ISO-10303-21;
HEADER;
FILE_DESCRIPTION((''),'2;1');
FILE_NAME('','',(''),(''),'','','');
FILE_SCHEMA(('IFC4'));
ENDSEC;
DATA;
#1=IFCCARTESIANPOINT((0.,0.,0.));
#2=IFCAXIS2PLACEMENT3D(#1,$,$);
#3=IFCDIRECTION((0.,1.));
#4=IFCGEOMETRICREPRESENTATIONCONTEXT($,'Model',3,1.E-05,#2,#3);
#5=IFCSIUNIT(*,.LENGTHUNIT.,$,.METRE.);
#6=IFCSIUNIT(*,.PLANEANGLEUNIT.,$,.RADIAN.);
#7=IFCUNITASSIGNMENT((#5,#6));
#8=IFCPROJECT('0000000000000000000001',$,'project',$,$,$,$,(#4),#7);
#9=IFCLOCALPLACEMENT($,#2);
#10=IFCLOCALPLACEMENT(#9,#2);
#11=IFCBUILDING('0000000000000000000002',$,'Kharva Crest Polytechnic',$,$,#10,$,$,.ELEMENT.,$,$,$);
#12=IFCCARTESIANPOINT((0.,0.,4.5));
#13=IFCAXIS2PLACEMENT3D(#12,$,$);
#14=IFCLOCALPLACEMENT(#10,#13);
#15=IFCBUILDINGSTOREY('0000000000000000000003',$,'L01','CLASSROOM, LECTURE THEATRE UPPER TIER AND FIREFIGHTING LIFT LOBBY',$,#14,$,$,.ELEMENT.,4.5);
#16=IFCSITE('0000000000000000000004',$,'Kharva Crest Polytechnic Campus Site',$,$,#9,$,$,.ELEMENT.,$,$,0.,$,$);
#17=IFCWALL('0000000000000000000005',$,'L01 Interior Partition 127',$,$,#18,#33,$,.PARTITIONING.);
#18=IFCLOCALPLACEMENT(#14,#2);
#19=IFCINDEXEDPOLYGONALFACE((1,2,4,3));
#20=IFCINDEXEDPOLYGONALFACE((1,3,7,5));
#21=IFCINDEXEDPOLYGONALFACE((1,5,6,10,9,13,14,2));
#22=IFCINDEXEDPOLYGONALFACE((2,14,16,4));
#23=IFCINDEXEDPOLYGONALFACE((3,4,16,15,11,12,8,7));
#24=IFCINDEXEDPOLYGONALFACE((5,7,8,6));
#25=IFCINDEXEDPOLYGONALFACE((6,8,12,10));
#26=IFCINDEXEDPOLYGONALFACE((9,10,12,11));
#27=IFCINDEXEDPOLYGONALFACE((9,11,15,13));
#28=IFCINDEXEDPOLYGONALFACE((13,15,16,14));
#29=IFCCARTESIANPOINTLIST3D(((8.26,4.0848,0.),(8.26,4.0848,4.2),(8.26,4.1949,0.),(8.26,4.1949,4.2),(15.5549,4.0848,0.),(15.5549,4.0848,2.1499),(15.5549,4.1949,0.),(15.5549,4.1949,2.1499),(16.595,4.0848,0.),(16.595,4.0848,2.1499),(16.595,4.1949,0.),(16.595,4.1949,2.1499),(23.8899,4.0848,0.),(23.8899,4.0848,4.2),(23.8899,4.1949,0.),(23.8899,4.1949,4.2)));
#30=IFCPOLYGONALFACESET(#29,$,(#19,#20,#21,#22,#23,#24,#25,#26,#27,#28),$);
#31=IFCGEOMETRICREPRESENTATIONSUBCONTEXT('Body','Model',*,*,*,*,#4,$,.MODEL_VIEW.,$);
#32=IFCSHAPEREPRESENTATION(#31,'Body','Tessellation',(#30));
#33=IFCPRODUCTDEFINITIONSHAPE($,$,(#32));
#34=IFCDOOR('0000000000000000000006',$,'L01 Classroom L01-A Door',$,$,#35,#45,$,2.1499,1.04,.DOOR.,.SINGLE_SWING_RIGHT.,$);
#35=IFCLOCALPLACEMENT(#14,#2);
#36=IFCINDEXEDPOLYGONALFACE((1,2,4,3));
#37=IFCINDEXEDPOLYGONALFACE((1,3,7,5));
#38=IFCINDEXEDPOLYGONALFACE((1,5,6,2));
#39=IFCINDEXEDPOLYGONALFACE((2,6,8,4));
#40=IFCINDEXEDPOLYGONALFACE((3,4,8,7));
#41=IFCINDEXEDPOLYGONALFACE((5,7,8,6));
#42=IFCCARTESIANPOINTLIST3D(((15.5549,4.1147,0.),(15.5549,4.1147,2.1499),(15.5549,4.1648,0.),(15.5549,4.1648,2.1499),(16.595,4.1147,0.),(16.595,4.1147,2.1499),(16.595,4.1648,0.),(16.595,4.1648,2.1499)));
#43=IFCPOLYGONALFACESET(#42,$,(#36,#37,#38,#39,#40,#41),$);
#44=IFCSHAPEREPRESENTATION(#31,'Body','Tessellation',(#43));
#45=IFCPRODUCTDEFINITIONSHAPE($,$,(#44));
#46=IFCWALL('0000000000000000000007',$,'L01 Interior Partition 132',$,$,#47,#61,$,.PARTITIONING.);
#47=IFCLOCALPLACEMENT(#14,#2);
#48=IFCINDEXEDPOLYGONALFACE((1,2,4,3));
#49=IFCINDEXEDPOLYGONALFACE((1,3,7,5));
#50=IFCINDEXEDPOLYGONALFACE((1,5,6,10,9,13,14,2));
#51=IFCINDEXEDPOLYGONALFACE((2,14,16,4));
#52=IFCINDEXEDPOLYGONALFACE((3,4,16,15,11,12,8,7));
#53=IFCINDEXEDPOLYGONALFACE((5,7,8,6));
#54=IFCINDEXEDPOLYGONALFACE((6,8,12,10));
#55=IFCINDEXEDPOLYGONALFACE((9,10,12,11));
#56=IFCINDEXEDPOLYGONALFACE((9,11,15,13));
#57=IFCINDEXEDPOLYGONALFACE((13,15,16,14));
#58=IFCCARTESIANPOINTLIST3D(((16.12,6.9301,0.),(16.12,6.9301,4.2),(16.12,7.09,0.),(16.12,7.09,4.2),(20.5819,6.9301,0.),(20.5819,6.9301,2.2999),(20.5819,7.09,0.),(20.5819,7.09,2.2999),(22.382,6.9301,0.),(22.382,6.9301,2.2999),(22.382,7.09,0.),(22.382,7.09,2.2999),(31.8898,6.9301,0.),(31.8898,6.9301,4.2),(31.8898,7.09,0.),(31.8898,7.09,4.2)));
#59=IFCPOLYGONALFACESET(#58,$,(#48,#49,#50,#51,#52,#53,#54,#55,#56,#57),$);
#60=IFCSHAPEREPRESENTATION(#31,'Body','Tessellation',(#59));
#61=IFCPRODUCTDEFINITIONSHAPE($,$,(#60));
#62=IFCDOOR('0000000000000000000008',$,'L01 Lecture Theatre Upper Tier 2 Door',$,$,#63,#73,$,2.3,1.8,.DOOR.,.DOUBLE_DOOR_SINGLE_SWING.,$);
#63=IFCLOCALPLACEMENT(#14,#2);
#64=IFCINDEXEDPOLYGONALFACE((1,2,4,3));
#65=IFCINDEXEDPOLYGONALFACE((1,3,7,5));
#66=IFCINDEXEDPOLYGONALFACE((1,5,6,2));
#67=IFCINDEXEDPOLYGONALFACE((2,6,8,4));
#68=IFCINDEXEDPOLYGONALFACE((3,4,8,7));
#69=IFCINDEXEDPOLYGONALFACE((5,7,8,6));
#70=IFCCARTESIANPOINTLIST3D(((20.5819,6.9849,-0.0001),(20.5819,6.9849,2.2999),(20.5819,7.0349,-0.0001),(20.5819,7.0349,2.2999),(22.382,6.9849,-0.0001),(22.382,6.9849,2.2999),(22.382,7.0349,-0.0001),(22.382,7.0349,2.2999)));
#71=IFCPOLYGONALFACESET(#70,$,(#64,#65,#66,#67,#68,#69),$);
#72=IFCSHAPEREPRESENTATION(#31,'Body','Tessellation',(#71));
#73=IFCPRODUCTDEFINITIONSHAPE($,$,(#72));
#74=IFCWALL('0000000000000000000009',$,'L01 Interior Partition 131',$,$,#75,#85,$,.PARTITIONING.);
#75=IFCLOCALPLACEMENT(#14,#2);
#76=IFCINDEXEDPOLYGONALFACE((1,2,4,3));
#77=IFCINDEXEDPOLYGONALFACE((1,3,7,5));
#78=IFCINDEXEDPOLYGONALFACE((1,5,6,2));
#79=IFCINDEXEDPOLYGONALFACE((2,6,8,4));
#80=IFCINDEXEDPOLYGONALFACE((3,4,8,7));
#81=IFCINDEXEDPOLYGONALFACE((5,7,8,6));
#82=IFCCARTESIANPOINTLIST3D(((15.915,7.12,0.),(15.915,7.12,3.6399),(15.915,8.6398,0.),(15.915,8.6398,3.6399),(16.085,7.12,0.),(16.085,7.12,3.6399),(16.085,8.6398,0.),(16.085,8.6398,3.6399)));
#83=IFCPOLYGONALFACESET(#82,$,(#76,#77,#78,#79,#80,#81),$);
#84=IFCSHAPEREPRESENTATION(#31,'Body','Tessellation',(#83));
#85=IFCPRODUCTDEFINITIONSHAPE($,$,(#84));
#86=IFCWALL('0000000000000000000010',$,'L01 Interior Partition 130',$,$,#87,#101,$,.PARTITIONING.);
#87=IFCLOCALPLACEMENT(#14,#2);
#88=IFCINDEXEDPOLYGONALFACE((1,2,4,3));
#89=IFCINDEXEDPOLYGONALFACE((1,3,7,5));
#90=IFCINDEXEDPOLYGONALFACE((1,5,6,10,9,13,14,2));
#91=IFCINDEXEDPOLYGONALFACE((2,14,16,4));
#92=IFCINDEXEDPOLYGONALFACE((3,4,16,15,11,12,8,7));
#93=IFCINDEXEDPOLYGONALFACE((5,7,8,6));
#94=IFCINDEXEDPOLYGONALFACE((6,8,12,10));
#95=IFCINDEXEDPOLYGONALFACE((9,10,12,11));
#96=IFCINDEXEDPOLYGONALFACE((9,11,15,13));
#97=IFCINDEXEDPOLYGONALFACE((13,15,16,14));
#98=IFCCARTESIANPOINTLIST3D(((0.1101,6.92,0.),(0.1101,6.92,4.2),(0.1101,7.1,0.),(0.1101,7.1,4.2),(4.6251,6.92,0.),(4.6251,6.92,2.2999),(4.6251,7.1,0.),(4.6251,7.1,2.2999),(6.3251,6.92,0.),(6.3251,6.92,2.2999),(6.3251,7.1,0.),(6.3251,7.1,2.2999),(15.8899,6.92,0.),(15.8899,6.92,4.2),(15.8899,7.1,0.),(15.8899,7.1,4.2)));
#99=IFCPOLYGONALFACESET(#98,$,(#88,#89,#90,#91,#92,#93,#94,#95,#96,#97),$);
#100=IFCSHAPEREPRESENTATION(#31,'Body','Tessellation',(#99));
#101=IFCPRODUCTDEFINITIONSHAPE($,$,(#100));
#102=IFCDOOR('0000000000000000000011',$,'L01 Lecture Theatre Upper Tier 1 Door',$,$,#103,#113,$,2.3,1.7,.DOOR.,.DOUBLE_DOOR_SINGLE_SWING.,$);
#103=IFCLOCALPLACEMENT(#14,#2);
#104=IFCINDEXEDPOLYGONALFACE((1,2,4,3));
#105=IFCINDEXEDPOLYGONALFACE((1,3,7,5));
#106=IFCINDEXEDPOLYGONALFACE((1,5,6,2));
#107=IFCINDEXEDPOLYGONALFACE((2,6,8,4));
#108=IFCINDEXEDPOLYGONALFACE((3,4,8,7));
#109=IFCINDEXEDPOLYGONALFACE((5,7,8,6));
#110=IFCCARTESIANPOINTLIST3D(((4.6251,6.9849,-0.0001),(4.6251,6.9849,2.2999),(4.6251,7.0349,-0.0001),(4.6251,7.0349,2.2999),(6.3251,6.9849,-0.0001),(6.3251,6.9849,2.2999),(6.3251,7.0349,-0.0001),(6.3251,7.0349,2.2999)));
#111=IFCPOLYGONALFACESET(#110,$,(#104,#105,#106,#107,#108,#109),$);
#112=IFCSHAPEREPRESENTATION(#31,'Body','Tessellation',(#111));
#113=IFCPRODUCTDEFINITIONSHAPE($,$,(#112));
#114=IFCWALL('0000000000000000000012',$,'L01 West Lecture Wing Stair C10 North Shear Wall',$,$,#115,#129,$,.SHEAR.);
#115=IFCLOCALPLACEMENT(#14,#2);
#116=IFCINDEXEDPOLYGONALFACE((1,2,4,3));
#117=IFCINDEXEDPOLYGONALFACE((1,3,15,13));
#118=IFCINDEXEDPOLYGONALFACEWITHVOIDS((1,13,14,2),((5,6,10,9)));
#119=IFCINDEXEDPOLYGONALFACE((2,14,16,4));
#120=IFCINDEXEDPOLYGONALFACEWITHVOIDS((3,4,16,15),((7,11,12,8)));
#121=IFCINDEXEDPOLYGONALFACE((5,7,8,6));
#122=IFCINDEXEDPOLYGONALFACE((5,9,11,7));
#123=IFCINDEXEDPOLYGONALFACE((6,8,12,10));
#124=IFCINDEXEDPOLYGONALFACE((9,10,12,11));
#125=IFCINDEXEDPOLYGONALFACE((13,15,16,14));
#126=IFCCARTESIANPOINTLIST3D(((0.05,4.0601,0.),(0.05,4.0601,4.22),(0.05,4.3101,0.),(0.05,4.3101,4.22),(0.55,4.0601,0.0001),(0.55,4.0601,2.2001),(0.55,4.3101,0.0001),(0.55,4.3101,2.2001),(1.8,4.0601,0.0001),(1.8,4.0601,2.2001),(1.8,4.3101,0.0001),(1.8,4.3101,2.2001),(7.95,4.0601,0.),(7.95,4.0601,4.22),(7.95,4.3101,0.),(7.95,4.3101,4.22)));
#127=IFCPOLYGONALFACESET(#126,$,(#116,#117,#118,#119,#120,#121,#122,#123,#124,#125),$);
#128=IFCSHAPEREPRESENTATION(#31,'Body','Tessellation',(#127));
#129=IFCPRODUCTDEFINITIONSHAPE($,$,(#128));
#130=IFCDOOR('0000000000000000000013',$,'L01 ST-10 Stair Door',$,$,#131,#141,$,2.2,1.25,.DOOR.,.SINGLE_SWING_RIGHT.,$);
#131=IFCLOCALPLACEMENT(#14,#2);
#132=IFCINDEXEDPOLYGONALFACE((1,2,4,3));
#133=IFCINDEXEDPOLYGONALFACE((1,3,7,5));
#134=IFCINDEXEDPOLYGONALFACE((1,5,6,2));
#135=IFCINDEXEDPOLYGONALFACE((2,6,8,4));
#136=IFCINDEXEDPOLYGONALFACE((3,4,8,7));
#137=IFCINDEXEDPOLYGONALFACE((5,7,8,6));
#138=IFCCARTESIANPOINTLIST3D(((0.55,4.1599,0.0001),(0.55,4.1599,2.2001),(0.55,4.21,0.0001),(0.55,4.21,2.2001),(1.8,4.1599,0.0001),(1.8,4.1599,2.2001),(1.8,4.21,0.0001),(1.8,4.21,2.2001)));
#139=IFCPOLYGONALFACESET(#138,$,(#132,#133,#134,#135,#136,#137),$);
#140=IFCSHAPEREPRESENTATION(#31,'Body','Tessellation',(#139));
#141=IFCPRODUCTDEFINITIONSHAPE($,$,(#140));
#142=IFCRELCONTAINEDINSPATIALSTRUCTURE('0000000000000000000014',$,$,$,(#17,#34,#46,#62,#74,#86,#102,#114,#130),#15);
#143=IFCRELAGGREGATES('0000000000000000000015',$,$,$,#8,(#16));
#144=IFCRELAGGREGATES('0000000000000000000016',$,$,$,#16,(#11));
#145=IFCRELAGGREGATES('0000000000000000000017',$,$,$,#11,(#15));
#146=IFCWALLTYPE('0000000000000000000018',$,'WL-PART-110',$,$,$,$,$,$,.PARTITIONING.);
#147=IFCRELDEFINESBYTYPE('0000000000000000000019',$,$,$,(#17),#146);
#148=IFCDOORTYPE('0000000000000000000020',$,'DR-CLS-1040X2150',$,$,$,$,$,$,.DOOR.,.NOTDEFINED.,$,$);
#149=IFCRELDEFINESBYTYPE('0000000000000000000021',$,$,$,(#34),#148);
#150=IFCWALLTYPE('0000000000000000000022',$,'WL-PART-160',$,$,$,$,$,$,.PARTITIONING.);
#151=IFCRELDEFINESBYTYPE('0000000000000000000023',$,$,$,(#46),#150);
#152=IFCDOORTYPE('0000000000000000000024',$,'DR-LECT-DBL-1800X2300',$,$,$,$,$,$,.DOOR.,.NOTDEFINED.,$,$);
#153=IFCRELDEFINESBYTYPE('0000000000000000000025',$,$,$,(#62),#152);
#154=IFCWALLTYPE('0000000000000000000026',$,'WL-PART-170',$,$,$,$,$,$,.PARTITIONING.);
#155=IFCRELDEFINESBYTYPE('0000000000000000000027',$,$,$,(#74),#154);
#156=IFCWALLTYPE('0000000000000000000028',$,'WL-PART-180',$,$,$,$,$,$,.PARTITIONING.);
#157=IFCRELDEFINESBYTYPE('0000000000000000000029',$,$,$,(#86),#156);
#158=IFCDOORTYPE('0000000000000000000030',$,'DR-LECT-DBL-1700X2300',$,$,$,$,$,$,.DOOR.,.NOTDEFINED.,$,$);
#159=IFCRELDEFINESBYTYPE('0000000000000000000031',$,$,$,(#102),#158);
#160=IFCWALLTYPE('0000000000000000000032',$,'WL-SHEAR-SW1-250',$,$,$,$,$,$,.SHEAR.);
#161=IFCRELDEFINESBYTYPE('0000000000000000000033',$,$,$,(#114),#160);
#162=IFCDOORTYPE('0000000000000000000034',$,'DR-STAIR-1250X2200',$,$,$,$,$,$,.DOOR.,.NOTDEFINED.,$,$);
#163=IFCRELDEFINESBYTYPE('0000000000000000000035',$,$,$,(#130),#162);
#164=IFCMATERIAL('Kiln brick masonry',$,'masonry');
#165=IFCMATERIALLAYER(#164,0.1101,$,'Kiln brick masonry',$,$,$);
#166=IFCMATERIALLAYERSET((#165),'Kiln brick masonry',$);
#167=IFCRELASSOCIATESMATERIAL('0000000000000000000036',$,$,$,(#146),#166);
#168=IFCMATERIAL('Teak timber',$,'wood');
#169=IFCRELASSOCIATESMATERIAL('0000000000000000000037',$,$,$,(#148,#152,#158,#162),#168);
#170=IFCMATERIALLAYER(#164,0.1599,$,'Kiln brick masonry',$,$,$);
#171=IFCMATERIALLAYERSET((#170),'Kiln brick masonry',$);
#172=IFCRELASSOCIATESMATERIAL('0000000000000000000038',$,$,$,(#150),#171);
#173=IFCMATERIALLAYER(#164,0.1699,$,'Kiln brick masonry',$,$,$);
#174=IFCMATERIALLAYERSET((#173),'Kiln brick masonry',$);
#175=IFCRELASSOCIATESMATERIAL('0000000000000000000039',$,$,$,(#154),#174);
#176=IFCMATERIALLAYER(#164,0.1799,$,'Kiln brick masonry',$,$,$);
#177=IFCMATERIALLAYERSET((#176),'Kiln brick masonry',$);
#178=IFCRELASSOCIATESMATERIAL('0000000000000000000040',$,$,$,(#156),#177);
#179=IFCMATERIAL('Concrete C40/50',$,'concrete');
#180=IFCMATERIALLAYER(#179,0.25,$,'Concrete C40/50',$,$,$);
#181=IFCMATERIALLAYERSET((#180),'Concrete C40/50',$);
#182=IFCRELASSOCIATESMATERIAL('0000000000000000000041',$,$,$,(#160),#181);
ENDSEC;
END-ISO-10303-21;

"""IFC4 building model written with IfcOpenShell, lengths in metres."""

from ifc_helpers import new_model, si_unit, direction, frame, frame_2d, origin, place, context, subcontext, project, spatial, rectangle, extrude, material, layer, layer_set, type_object, element, fill, save


model = new_model("IFC4")

# Units and contexts
model_context = context("Model", 3, precision=1e-05, world=origin(), true_north=direction((0.0, 1.0)))
body_context = subcontext(model_context, "Body", "Model", "MODEL_VIEW")
ifc_project = project(units=[si_unit("LENGTHUNIT", "METRE"), si_unit("PLANEANGLEUNIT", "RADIAN")], contexts=[model_context])

# Site, building, storey
site_placement = place(None, origin())
site = spatial("IfcSite", under=ifc_project, at=site_placement, Name="Kharva Crest Polytechnic Campus Site", CompositionType="ELEMENT", RefElevation=0.0)
building_placement = place(site_placement, origin())
building = spatial("IfcBuilding", under=site, at=building_placement, Name="Kharva Crest Polytechnic", CompositionType="ELEMENT")
storey_placement = place(building_placement, frame((0.0, 0.0, 4.5)))
storey = spatial("IfcBuildingStorey", under=building, at=storey_placement, Name="L01", Description="CLASSROOM, LECTURE THEATRE UPPER TIER AND FIREFIGHTING LIFT LOBBY", CompositionType="ELEMENT", Elevation=4.5)

# Shared definitions
ifc_material_1 = material(Name="Concrete C40/50", Category="concrete")

# Shared definitions
ifc_material_2 = material(Name="Kiln brick masonry", Category="masonry")

# Walls, openings, doors
ifc_layer_1 = layer(ifc_material_2, 0.1101, Name="Kiln brick masonry")
ifc_layer_set_1 = layer_set([ifc_layer_1], Name="Kiln brick masonry")
wall_type_1 = type_object("IfcWallType", Name="WL-PART-110", PredefinedType="PARTITIONING", material=ifc_layer_set_1)
wall_1_placement = place(storey_placement, frame((8.26, 4.1399, 0.0), z_axis=(0.0, 0.0, 1.0), x_axis=(1.0, 0.0, 0.0)))
wall_1 = element("IfcWall", 1, at=wall_1_placement, inside=storey, type_object=wall_type_1, Name="L01 Interior Partition 127", PredefinedType="PARTITIONING", context=body_context, shape_type="SweptSolid", body=[
    extrude(rectangle(XDim=15.6299, YDim=0.1101, at=frame_2d((7.8149, 0.0))), origin(), (0.0, 0.0, 1.0), 4.2),
])
opening_1_placement = place(wall_1_placement, frame((7.2949, 0.0, 0.0)))
opening_1 = element("IfcOpeningElement", 2, at=opening_1_placement, cuts=wall_1, PredefinedType="OPENING", context=body_context, shape_type="SweptSolid", body=[
    extrude(rectangle(XDim=1.04, YDim=2.1499, at=frame_2d((0.52, 1.075))), frame((0.0, 0.0649, 0.0), z_axis=(0.0, -1.0, 0.0), x_axis=(1.0, 0.0, 0.0)), (0.0, 0.0, 1.0), 0.1301),
])
ifc_material_3 = material(Name="Teak timber", Category="wood")
door_type_1 = type_object("IfcDoorType", Name="DR-CLS-1040X2150", OperationType="NOTDEFINED", PredefinedType="DOOR", material=ifc_material_3)
door_1_placement = place(opening_1_placement, origin())
door_1 = element("IfcDoor", 3, at=door_1_placement, inside=storey, type_object=door_type_1, Name="L01 Classroom L01-A Door", OperationType="SINGLE_SWING_RIGHT", OverallHeight=2.1499, OverallWidth=1.04, PredefinedType="DOOR", context=body_context, shape_type="SweptSolid", body=[
    extrude(rectangle(XDim=1.04, YDim=2.1499, at=frame_2d((0.52, 1.075))), frame((0.0, 0.0249, 0.0), z_axis=(0.0, -1.0, 0.0), x_axis=(1.0, 0.0, 0.0)), (0.0, 0.0, 1.0), 0.05),
])
fill(opening_1, door_1)
ifc_layer_2 = layer(ifc_material_2, 0.1599, Name="Kiln brick masonry")
ifc_layer_set_2 = layer_set([ifc_layer_2], Name="Kiln brick masonry")
wall_type_2 = type_object("IfcWallType", Name="WL-PART-160", PredefinedType="PARTITIONING", material=ifc_layer_set_2)
wall_2_placement = place(storey_placement, frame((16.1201, 7.01, 0.0), z_axis=(0.0, 0.0, 1.0), x_axis=(1.0, 0.0, 0.0)))
wall_2 = element("IfcWall", 4, at=wall_2_placement, inside=storey, type_object=wall_type_2, Name="L01 Interior Partition 132", PredefinedType="PARTITIONING", context=body_context, shape_type="SweptSolid", body=[
    extrude(rectangle(XDim=15.7698, YDim=0.1599, at=frame_2d((7.8848, 0.0))), origin(), (0.0, 0.0, 1.0), 4.2),
])
opening_2_placement = place(wall_2_placement, frame((4.4619, 0.0, 0.0)))
opening_2 = element("IfcOpeningElement", 5, at=opening_2_placement, cuts=wall_2, PredefinedType="OPENING", context=body_context, shape_type="SweptSolid", body=[
    extrude(rectangle(XDim=1.8, YDim=2.3, at=frame_2d((0.8999, 1.1499))), frame((0.0, 0.0898, 0.0), z_axis=(0.0, -1.0, 0.0), x_axis=(1.0, 0.0, 0.0)), (0.0, 0.0, 1.0), 0.1799),
])
door_type_2 = type_object("IfcDoorType", Name="DR-LECT-DBL-1800X2300", OperationType="NOTDEFINED", PredefinedType="DOOR", material=ifc_material_3)
door_2_placement = place(opening_2_placement, origin())
door_2 = element("IfcDoor", 6, at=door_2_placement, inside=storey, type_object=door_type_2, Name="L01 Lecture Theatre Upper Tier 2 Door", OperationType="DOUBLE_DOOR_SINGLE_SWING", OverallHeight=2.3, OverallWidth=1.8, PredefinedType="DOOR", context=body_context, shape_type="SweptSolid", body=[
    extrude(rectangle(XDim=1.8, YDim=2.3, at=frame_2d((0.8999, 1.1499))), frame((0.0, 0.0249, 0.0), z_axis=(0.0, -1.0, 0.0), x_axis=(1.0, 0.0, 0.0)), (0.0, 0.0, 1.0), 0.05),
])
fill(opening_2, door_2)

# Wall
ifc_layer_3 = layer(ifc_material_2, 0.1699, Name="Kiln brick masonry")
ifc_layer_set_3 = layer_set([ifc_layer_3], Name="Kiln brick masonry")
wall_type_3 = type_object("IfcWallType", Name="WL-PART-170", PredefinedType="PARTITIONING", material=ifc_layer_set_3)
wall_3_placement = place(storey_placement, frame((16.0, 7.1201, 0.0), z_axis=(0.0, 0.0, 1.0), x_axis=(0.0, 1.0, 0.0)))
element("IfcWall", 7, at=wall_3_placement, inside=storey, type_object=wall_type_3, Name="L01 Interior Partition 131", PredefinedType="PARTITIONING", context=body_context, shape_type="SweptSolid", body=[
    extrude(rectangle(XDim=1.5198, YDim=0.1699, at=frame_2d((0.7598, 0.0))), origin(), (0.0, 0.0, 1.0), 3.6399),
])

# Walls, openings, doors
ifc_layer_4 = layer(ifc_material_2, 0.1799, Name="Kiln brick masonry")
ifc_layer_set_4 = layer_set([ifc_layer_4], Name="Kiln brick masonry")
wall_type_4 = type_object("IfcWallType", Name="WL-PART-180", PredefinedType="PARTITIONING", material=ifc_layer_set_4)
wall_4_placement = place(storey_placement, frame((0.1101, 7.01, 0.0), z_axis=(0.0, 0.0, 1.0), x_axis=(1.0, 0.0, 0.0)))
wall_4 = element("IfcWall", 8, at=wall_4_placement, inside=storey, type_object=wall_type_4, Name="L01 Interior Partition 130", PredefinedType="PARTITIONING", context=body_context, shape_type="SweptSolid", body=[
    extrude(rectangle(XDim=15.7798, YDim=0.1799, at=frame_2d((7.8899, 0.0))), origin(), (0.0, 0.0, 1.0), 4.2),
])
opening_3_placement = place(wall_4_placement, frame((4.5149, 0.0, 0.0)))
opening_3 = element("IfcOpeningElement", 9, at=opening_3_placement, cuts=wall_4, PredefinedType="OPENING", context=body_context, shape_type="SweptSolid", body=[
    extrude(rectangle(XDim=1.7, YDim=2.3, at=frame_2d((0.8501, 1.1499))), frame((0.0, 0.0999, 0.0), z_axis=(0.0, -1.0, 0.0), x_axis=(1.0, 0.0, 0.0)), (0.0, 0.0, 1.0), 0.2),
])
door_type_3 = type_object("IfcDoorType", Name="DR-LECT-DBL-1700X2300", OperationType="NOTDEFINED", PredefinedType="DOOR", material=ifc_material_3)
door_3_placement = place(opening_3_placement, origin())
door_3 = element("IfcDoor", 10, at=door_3_placement, inside=storey, type_object=door_type_3, Name="L01 Lecture Theatre Upper Tier 1 Door", OperationType="DOUBLE_DOOR_SINGLE_SWING", OverallHeight=2.3, OverallWidth=1.7, PredefinedType="DOOR", context=body_context, shape_type="SweptSolid", body=[
    extrude(rectangle(XDim=1.7, YDim=2.3, at=frame_2d((0.8501, 1.1499))), frame((0.0, 0.0249, 0.0), z_axis=(0.0, -1.0, 0.0), x_axis=(1.0, 0.0, 0.0)), (0.0, 0.0, 1.0), 0.05),
])
fill(opening_3, door_3)
ifc_layer_5 = layer(ifc_material_1, 0.25, Name="Concrete C40/50")
ifc_layer_set_5 = layer_set([ifc_layer_5], Name="Concrete C40/50")
wall_type_5 = type_object("IfcWallType", Name="WL-SHEAR-SW1-250", PredefinedType="SHEAR", material=ifc_layer_set_5)
wall_5_placement = place(storey_placement, frame((0.05, 4.1851, 0.0), z_axis=(0.0, 0.0, 1.0), x_axis=(1.0, 0.0, 0.0)))
wall_5 = element("IfcWall", 11, at=wall_5_placement, inside=storey, type_object=wall_type_5, Name="L01 West Lecture Wing Stair C10 North Shear Wall", PredefinedType="SHEAR", context=body_context, shape_type="SweptSolid", body=[
    extrude(rectangle(XDim=7.8999, YDim=0.25, at=frame_2d((3.95, 0.0))), origin(), (0.0, 0.0, 1.0), 4.22),
])
opening_4_placement = place(wall_5_placement, frame((0.5, 0.0, 0.0)))
opening_4 = element("IfcOpeningElement", 12, at=opening_4_placement, cuts=wall_5, PredefinedType="OPENING", context=body_context, shape_type="SweptSolid", body=[
    extrude(rectangle(XDim=1.25, YDim=2.2, at=frame_2d((0.625, 1.1001))), frame((0.0, 0.135, 0.0), z_axis=(0.0, -1.0, 0.0), x_axis=(1.0, 0.0, 0.0)), (0.0, 0.0, 1.0), 0.27),
])
door_type_4 = type_object("IfcDoorType", Name="DR-STAIR-1250X2200", OperationType="NOTDEFINED", PredefinedType="DOOR", material=ifc_material_3)
door_4_placement = place(opening_4_placement, origin())
door_4 = element("IfcDoor", 13, at=door_4_placement, inside=storey, type_object=door_type_4, Name="L01 ST-10 Stair Door", OperationType="SINGLE_SWING_RIGHT", OverallHeight=2.2, OverallWidth=1.25, PredefinedType="DOOR", context=body_context, shape_type="SweptSolid", body=[
    extrude(rectangle(XDim=1.25, YDim=2.2, at=frame_2d((0.625, 1.1001))), frame((0.0, 0.0249, 0.0), z_axis=(0.0, -1.0, 0.0), x_axis=(1.0, 0.0, 0.0)), (0.0, 0.0, 1.0), 0.05),
])
fill(opening_4, door_4)

save(model, "model.ifc")
